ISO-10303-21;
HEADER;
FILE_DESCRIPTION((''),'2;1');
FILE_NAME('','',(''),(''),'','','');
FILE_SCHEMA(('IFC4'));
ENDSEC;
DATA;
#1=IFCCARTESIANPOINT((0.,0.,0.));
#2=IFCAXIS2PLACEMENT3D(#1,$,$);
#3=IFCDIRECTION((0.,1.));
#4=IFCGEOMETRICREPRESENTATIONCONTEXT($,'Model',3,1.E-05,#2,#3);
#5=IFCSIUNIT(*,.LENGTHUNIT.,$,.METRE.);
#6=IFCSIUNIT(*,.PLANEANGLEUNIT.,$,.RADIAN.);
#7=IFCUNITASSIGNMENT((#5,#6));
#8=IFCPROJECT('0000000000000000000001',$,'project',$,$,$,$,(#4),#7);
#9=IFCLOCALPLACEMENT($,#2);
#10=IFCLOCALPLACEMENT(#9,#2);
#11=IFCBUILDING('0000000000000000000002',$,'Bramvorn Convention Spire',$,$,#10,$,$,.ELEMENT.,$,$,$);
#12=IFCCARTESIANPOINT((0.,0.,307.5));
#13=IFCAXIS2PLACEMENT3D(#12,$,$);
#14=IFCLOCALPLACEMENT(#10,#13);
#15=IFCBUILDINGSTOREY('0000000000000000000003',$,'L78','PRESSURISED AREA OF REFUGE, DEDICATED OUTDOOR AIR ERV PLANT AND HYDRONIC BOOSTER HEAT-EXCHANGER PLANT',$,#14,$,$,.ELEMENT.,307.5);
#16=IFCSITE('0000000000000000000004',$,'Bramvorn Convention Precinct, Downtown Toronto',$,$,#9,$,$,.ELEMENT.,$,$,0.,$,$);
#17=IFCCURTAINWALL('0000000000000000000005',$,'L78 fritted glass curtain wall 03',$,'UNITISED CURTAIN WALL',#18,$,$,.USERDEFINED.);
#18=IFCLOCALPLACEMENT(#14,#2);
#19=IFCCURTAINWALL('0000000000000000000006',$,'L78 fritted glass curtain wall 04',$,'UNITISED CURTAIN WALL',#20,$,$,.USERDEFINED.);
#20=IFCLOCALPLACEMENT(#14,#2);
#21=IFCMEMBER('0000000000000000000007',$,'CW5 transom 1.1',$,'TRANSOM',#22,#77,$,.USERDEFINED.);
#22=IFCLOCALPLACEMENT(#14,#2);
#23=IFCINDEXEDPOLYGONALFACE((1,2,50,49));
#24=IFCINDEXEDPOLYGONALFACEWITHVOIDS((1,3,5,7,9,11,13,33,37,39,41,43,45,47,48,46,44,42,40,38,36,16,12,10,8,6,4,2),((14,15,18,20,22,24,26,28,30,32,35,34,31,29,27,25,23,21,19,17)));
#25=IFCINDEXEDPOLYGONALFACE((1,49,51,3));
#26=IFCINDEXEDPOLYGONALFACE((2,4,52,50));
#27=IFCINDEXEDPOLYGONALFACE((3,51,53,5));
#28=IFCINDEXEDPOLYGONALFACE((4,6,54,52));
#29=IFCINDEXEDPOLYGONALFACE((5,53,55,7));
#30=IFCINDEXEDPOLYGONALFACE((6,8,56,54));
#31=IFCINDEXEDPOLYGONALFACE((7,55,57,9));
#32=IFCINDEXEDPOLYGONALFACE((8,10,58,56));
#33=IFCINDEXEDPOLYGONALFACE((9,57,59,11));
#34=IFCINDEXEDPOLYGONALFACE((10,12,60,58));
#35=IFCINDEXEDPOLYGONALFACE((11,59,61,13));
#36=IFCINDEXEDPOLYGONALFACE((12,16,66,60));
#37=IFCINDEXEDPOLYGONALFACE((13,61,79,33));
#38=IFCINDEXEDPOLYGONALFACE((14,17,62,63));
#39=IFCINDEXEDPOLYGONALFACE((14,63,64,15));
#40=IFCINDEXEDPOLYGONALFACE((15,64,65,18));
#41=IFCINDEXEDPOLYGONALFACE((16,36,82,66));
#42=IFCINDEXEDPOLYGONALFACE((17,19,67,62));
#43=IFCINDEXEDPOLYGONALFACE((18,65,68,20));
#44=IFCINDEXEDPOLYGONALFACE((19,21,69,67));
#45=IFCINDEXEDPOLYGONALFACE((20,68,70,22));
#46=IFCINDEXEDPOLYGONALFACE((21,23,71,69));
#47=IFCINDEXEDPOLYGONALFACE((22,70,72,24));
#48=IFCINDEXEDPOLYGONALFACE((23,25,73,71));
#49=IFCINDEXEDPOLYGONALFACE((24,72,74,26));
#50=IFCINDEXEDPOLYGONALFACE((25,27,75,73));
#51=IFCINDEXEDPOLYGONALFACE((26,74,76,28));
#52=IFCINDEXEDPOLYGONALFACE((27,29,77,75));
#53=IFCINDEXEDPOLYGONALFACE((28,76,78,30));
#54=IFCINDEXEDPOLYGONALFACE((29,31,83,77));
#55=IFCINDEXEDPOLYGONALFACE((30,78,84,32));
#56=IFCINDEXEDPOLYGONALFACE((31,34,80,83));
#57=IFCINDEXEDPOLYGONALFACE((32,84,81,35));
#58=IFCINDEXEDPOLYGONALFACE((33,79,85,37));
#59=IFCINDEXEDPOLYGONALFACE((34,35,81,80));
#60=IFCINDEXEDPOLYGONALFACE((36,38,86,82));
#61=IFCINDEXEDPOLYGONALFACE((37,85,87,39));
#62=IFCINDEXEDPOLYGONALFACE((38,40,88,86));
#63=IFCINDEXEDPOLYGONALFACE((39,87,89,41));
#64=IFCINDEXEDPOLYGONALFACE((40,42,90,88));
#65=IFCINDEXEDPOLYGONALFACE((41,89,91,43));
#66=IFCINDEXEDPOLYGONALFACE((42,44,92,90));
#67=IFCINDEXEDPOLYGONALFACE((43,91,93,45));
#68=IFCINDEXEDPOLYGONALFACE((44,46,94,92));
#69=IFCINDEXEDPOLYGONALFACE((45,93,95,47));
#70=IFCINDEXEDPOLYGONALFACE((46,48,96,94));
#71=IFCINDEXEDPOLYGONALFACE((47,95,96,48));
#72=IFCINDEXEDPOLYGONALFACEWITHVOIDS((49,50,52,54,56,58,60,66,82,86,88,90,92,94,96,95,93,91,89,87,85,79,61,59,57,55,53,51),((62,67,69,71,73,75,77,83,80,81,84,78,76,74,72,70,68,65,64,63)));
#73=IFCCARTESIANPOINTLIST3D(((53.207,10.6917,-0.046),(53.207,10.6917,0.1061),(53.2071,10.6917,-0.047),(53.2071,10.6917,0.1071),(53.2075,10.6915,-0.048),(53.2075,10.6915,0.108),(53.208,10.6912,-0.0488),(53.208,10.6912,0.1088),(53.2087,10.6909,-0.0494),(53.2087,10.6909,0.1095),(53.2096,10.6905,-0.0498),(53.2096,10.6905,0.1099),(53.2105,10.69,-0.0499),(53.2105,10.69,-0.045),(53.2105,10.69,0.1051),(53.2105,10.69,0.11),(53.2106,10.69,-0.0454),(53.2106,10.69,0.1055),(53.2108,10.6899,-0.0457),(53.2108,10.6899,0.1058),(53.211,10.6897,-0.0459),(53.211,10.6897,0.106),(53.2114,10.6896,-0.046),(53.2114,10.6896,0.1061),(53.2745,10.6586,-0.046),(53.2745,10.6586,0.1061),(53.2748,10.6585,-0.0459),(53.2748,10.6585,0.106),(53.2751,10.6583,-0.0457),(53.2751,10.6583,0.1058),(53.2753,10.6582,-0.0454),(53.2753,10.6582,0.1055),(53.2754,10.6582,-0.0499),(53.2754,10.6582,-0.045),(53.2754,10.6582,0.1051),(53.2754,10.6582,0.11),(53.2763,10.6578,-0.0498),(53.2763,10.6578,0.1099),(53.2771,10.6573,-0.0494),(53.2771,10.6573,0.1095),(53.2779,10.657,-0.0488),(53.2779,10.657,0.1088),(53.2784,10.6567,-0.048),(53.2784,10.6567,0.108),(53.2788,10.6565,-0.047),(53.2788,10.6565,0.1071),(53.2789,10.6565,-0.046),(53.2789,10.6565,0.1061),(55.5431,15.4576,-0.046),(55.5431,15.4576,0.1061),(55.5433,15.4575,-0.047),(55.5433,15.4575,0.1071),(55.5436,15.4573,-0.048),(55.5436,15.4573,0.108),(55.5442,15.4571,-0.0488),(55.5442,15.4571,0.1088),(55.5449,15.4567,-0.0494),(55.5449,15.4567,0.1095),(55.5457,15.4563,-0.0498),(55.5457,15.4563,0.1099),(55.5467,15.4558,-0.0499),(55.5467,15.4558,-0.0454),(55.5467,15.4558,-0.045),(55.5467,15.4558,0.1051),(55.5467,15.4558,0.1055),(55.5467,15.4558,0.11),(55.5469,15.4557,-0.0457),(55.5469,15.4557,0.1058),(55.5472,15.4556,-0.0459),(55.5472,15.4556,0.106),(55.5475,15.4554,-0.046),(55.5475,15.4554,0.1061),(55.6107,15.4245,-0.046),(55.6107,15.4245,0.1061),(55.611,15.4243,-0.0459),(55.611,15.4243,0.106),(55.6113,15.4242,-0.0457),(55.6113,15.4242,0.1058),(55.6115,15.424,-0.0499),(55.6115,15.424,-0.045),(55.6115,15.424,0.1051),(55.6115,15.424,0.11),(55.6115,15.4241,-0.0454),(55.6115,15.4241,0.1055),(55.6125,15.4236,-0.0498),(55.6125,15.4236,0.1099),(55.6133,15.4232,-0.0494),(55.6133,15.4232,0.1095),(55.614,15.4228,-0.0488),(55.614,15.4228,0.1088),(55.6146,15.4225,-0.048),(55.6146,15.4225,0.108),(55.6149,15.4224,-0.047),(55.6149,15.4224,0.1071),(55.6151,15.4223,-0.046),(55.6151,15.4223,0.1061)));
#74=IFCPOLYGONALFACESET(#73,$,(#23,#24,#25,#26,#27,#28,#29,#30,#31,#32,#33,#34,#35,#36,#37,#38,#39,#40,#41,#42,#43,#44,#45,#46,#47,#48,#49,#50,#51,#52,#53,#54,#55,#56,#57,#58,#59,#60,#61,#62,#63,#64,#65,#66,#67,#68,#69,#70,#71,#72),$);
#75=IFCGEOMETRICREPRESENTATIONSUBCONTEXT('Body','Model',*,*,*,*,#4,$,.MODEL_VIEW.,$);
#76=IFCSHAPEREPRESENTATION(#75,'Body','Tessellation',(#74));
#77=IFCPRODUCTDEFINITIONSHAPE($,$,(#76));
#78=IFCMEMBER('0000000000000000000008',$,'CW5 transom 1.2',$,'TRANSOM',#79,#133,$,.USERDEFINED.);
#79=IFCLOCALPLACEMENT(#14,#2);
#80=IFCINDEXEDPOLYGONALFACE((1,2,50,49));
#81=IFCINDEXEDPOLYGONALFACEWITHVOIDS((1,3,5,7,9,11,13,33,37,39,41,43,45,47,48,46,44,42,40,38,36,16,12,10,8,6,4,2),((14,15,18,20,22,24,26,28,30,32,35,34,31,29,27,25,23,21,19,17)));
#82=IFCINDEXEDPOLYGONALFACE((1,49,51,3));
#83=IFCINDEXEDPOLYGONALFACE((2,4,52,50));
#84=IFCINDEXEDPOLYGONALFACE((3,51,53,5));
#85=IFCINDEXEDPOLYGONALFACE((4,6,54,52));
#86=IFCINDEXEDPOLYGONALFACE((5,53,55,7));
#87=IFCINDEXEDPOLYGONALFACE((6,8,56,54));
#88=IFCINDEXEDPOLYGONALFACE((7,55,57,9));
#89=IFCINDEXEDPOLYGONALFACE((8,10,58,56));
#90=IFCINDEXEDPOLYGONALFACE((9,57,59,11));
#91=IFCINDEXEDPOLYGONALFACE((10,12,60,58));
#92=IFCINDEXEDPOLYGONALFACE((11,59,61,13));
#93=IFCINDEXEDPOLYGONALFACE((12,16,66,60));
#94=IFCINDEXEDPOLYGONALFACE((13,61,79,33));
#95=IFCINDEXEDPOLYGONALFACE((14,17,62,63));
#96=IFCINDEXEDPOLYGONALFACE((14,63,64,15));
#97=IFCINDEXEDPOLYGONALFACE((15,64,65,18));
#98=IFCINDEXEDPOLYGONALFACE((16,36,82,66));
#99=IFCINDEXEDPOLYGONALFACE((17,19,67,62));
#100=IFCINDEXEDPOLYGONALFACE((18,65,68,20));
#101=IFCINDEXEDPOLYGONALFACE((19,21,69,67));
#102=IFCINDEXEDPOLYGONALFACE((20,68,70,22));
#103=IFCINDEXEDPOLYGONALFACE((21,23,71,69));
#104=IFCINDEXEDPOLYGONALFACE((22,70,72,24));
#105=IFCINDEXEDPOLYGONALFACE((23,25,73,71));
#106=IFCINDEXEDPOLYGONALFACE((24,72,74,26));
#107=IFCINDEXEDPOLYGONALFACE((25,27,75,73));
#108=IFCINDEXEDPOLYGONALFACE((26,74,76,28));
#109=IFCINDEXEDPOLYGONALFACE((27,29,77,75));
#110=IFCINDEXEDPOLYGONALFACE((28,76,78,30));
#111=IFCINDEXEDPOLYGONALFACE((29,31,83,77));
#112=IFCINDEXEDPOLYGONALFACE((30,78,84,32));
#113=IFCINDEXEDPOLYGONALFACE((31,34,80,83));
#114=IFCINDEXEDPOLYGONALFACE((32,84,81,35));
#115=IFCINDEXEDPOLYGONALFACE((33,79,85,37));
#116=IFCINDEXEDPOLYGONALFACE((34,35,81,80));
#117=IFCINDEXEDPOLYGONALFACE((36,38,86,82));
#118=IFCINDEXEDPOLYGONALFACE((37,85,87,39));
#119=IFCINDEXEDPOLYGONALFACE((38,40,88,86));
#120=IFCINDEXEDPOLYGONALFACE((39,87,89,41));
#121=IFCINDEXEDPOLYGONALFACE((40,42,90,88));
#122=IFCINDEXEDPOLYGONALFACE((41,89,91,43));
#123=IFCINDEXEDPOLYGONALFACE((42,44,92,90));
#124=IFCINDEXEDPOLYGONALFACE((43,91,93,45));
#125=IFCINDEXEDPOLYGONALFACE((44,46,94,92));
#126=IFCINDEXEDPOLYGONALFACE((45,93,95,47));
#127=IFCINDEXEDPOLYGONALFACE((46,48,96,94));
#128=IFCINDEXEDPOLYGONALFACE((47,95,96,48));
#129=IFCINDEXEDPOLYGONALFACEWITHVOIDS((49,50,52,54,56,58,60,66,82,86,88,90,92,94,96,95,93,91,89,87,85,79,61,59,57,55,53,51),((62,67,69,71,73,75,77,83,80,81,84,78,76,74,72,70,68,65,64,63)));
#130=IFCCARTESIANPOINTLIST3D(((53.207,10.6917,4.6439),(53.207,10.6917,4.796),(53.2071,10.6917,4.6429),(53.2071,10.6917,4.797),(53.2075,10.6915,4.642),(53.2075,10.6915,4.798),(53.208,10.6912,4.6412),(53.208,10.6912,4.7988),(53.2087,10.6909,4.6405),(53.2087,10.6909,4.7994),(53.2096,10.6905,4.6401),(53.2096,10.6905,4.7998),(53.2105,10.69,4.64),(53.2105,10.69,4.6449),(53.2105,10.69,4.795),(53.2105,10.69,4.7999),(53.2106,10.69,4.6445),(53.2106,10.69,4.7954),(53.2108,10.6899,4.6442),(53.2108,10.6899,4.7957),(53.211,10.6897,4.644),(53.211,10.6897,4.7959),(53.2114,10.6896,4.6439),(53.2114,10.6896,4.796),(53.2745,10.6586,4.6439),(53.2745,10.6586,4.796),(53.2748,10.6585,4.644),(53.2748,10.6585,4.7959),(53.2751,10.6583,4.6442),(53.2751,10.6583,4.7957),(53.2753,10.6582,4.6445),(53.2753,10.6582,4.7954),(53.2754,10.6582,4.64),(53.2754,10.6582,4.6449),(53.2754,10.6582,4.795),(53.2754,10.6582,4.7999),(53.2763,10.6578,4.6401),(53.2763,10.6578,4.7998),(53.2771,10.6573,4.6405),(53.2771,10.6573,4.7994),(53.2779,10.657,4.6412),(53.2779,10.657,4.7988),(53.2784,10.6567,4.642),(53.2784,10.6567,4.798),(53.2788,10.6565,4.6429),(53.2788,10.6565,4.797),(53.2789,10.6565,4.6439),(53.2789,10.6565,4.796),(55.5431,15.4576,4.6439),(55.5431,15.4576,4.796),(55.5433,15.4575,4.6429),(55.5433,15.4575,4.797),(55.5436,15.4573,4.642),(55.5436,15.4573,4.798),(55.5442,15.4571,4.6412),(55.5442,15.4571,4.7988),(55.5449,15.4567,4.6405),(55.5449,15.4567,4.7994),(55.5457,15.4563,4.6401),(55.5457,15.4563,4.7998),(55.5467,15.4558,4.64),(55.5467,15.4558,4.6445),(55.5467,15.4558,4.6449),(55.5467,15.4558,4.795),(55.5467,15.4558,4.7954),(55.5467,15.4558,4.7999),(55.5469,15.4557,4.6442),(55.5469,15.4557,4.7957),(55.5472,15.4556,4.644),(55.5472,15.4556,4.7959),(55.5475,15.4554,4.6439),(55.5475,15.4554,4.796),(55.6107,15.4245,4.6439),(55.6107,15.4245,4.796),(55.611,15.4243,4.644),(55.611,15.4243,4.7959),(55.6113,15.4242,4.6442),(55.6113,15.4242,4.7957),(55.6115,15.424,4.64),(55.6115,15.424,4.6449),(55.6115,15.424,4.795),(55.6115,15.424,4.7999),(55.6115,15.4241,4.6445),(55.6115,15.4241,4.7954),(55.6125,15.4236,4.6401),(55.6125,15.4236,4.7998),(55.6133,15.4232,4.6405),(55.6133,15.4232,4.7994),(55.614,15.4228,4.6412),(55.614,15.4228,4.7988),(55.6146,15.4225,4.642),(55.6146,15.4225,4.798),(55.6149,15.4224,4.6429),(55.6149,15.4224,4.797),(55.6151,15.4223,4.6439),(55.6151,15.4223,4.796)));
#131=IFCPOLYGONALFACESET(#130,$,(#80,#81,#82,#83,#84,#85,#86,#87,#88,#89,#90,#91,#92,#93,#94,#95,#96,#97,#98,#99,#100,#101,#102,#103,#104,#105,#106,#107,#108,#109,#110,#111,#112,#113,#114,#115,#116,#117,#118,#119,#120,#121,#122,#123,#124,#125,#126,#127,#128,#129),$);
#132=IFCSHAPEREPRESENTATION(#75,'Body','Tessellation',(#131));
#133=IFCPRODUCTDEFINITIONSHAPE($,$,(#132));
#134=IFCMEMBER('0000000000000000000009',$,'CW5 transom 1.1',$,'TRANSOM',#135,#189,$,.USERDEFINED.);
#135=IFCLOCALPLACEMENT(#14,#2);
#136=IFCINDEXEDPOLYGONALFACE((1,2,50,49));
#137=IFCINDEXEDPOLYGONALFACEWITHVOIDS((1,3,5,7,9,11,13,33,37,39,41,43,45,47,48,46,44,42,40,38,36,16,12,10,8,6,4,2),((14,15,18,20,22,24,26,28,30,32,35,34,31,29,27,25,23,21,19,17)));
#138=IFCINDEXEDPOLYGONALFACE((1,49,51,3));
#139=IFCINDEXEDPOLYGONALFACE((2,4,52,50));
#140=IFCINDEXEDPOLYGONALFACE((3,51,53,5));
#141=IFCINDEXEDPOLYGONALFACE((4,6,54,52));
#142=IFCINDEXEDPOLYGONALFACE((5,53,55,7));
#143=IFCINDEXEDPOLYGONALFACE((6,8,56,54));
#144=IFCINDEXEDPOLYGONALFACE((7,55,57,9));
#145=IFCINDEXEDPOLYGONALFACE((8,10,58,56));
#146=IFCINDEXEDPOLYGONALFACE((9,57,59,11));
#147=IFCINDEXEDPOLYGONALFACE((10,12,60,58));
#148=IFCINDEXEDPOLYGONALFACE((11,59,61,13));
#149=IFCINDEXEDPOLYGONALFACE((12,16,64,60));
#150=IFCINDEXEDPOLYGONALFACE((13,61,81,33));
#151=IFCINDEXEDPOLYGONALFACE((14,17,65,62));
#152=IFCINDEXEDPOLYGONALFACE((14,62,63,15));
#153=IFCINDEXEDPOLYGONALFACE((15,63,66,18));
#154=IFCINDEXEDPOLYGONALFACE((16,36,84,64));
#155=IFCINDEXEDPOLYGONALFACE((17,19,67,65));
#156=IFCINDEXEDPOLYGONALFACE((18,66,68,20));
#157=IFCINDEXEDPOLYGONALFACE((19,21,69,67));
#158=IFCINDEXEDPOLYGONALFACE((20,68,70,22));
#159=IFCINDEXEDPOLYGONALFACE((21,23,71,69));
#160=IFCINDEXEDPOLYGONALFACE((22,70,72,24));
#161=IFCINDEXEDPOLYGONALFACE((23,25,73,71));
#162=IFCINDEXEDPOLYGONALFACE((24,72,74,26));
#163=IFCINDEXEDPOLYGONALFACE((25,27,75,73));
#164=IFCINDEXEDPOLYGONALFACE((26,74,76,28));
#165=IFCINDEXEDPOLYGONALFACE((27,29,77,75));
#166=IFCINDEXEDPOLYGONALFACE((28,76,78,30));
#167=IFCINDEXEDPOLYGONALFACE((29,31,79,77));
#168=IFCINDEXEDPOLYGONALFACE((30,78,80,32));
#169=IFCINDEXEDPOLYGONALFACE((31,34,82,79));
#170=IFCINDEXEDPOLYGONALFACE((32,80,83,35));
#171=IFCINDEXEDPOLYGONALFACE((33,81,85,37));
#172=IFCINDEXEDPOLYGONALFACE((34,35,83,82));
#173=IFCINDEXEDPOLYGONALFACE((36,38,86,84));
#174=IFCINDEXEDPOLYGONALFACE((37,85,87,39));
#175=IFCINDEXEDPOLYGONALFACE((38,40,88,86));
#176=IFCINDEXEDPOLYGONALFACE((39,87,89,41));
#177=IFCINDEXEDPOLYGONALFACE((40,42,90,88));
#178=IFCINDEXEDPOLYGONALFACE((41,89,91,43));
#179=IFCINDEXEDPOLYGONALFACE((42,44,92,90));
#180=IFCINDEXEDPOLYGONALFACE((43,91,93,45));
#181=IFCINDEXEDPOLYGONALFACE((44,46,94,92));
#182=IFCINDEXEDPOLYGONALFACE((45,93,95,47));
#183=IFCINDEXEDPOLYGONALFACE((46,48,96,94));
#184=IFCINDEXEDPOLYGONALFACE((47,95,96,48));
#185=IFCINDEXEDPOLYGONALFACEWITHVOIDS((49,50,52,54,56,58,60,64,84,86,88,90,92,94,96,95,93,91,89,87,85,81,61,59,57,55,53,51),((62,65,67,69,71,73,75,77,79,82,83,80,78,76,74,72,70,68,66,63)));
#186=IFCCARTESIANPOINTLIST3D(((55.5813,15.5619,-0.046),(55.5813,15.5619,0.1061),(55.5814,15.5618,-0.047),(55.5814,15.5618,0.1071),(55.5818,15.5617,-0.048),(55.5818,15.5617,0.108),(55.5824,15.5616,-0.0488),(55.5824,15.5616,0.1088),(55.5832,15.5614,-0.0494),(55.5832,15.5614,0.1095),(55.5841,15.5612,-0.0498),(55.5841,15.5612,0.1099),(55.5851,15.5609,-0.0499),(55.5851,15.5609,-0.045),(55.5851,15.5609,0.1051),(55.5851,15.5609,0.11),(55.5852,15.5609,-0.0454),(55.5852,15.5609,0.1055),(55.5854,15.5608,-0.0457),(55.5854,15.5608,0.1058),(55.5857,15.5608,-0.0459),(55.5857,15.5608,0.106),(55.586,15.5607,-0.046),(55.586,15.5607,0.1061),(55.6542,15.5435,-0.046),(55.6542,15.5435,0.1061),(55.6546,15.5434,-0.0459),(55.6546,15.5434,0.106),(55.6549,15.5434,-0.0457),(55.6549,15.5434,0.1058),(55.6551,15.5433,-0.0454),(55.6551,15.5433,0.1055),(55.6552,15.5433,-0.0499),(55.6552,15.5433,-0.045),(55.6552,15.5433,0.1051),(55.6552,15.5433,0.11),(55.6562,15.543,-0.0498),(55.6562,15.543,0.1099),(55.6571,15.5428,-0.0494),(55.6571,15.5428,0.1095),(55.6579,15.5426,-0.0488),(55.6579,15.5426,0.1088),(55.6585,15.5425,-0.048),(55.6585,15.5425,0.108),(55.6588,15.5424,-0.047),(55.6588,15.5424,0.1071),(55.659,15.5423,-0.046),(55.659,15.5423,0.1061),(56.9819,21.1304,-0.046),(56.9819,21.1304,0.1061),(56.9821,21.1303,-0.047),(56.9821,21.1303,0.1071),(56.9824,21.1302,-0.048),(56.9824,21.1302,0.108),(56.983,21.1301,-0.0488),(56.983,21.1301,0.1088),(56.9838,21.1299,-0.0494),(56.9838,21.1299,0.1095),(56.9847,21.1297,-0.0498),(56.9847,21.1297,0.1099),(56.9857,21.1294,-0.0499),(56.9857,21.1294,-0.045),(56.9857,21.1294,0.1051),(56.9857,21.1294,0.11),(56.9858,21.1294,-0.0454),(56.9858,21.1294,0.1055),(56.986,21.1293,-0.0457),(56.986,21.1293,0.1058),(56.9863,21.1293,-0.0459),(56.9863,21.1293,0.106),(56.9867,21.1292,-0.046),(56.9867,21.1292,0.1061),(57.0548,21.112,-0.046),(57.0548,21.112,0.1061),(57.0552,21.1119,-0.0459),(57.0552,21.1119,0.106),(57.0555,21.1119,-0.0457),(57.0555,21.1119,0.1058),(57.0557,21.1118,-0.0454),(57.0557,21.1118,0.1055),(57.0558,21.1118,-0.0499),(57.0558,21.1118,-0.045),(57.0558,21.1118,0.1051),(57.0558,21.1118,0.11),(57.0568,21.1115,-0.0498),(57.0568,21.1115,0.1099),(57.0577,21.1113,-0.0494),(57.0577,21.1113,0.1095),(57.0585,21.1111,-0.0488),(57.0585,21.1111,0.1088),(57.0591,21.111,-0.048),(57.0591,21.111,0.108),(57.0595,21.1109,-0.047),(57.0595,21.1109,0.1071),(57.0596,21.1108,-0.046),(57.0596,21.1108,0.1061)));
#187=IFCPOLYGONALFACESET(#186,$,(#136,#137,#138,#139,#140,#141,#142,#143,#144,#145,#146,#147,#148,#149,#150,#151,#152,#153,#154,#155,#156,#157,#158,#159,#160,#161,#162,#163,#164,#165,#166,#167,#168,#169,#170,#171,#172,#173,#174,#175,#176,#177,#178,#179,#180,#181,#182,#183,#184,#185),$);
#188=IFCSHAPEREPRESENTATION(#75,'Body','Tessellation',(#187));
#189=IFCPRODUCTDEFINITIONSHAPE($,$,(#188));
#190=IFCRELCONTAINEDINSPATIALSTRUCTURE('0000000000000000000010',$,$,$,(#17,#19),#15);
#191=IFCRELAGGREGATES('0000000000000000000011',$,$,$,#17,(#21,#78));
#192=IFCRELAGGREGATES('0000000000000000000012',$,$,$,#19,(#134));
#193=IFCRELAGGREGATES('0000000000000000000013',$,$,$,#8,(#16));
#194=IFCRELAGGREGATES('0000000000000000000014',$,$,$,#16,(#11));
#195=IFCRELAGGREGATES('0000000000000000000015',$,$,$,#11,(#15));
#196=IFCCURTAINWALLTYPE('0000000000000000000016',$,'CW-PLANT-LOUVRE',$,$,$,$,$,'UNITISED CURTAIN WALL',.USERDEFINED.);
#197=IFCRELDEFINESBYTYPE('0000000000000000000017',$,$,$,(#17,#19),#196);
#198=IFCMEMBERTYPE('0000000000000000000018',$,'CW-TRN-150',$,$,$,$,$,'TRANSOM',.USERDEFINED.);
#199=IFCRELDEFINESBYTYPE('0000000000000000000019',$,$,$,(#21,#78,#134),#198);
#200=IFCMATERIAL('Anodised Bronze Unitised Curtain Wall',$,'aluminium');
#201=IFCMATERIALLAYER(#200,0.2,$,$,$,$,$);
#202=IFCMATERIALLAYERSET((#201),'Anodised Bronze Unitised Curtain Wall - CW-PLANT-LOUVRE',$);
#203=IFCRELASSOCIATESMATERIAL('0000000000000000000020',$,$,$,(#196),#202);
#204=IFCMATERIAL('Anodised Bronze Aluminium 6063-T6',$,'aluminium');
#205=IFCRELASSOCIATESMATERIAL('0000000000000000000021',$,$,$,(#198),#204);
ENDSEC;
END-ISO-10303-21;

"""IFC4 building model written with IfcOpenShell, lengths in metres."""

from ifc_helpers import new_model, si_unit, direction, frame, origin, origin_2d, place, context, subcontext, project, spatial, hollow_rectangle, extrude, material, layer, layer_set, material_profile, profile_set, type_object, element, aggregate, save


model = new_model("IFC4")

# Units and contexts
model_context = context("Model", 3, precision=1e-05, world=origin(), true_north=direction((0.0, 1.0)))
body_context = subcontext(model_context, "Body", "Model", "MODEL_VIEW")
ifc_project = project(units=[si_unit("LENGTHUNIT", "METRE"), si_unit("PLANEANGLEUNIT", "RADIAN")], contexts=[model_context])

# Site, building, storey
site_placement = place(None, origin())
site = spatial("IfcSite", under=ifc_project, at=site_placement, Name="Bramvorn Convention Precinct, Downtown Toronto", CompositionType="ELEMENT", RefElevation=0.0)
building_placement = place(site_placement, origin())
building = spatial("IfcBuilding", under=site, at=building_placement, Name="Bramvorn Convention Spire", CompositionType="ELEMENT")
storey_placement = place(building_placement, frame((0.0, 0.0, 307.5)))
storey = spatial("IfcBuildingStorey", under=building, at=storey_placement, Name="L78", Description="PRESSURISED AREA OF REFUGE, DEDICATED OUTDOOR AIR ERV PLANT AND HYDRONIC BOOSTER HEAT-EXCHANGER PLANT", CompositionType="ELEMENT", Elevation=307.5)

# Curtain walls
ifc_material_1 = material(Name="Anodised Bronze Unitised Curtain Wall", Category="aluminium")
ifc_layer_1 = layer(ifc_material_1, 0.2)
ifc_layer_set_1 = layer_set([ifc_layer_1], Name="Anodised Bronze Unitised Curtain Wall - CW-PLANT-LOUVRE")
curtain_wall_type = type_object("IfcCurtainWallType", Name="CW-PLANT-LOUVRE", ElementType="UNITISED CURTAIN WALL", PredefinedType="USERDEFINED", material=ifc_layer_set_1)
ifc_material_2 = material(Name="Anodised Bronze Aluminium 6063-T6", Category="aluminium")
curtain_wall_1_placement = place(storey_placement, origin())
curtain_wall_1 = element("IfcCurtainWall", 1, at=curtain_wall_1_placement, inside=storey, type_object=curtain_wall_type, Name="L78 fritted glass curtain wall 03", ObjectType="UNITISED CURTAIN WALL", PredefinedType="USERDEFINED")
curtain_wall_2_placement = place(storey_placement, origin())
curtain_wall_2 = element("IfcCurtainWall", 2, at=curtain_wall_2_placement, inside=storey, type_object=curtain_wall_type, Name="L78 fritted glass curtain wall 04", ObjectType="UNITISED CURTAIN WALL", PredefinedType="USERDEFINED")

# Members
ifc_material_profile_1 = material_profile(ifc_material_2, hollow_rectangle(XDim=0.0801, YDim=0.1599, WallThickness=0.0039, InnerFilletRadius=0.001, OuterFilletRadius=0.0039, at=origin_2d()))
ifc_profile_set_1 = profile_set([ifc_material_profile_1], Name="Anodised Bronze Aluminium 6063-T6 - CWT80X160")
member_type_1 = type_object("IfcMemberType", Name="CW-TRN-150", ElementType="TRANSOM", PredefinedType="USERDEFINED", material=ifc_profile_set_1)
member_1_placement = place(storey_placement, frame((55.5791, 15.4399, 0.03), z_axis=(-0.440153, -0.897923, 0.0), x_axis=(0.897923, -0.440153, 0.0)))
member_1 = element("IfcMember", 3, at=member_1_placement, type_object=member_type_1, Name="CW5 transom 1.1", ObjectType="TRANSOM", PredefinedType="USERDEFINED", context=body_context, shape_type="SweptSolid", body=[
    extrude(hollow_rectangle(XDim=0.0801, YDim=0.1599, WallThickness=0.0039, InnerFilletRadius=0.001, OuterFilletRadius=0.0039, at=origin_2d()), origin(), (0.0, 0.0, 1.0), 5.3076),
])
member_2_placement = place(storey_placement, frame((55.5791, 15.4399, 4.72), z_axis=(-0.440153, -0.897923, 0.0), x_axis=(0.897923, -0.440153, 0.0)))
member_2 = element("IfcMember", 4, at=member_2_placement, type_object=member_type_1, Name="CW5 transom 1.2", ObjectType="TRANSOM", PredefinedType="USERDEFINED", context=body_context, shape_type="SweptSolid", body=[
    extrude(hollow_rectangle(XDim=0.0801, YDim=0.1599, WallThickness=0.0039, InnerFilletRadius=0.001, OuterFilletRadius=0.0039, at=origin_2d()), origin(), (0.0, 0.0, 1.0), 5.3076),
])
member_3_placement = place(storey_placement, frame((57.0208, 21.1206, 0.03), z_axis=(-0.243926, -0.969794, 0.0), x_axis=(0.969794, -0.243926, 0.0)))
member_3 = element("IfcMember", 5, at=member_3_placement, type_object=member_type_1, Name="CW5 transom 1.1", ObjectType="TRANSOM", PredefinedType="USERDEFINED", context=body_context, shape_type="SweptSolid", body=[
    extrude(hollow_rectangle(XDim=0.0801, YDim=0.1599, WallThickness=0.0039, InnerFilletRadius=0.001, OuterFilletRadius=0.0039, at=origin_2d()), origin(), (0.0, 0.0, 1.0), 5.7419),
])

aggregate(curtain_wall_1, [member_1, member_2])
aggregate(curtain_wall_2, [member_3])

save(model, "model.ifc")
